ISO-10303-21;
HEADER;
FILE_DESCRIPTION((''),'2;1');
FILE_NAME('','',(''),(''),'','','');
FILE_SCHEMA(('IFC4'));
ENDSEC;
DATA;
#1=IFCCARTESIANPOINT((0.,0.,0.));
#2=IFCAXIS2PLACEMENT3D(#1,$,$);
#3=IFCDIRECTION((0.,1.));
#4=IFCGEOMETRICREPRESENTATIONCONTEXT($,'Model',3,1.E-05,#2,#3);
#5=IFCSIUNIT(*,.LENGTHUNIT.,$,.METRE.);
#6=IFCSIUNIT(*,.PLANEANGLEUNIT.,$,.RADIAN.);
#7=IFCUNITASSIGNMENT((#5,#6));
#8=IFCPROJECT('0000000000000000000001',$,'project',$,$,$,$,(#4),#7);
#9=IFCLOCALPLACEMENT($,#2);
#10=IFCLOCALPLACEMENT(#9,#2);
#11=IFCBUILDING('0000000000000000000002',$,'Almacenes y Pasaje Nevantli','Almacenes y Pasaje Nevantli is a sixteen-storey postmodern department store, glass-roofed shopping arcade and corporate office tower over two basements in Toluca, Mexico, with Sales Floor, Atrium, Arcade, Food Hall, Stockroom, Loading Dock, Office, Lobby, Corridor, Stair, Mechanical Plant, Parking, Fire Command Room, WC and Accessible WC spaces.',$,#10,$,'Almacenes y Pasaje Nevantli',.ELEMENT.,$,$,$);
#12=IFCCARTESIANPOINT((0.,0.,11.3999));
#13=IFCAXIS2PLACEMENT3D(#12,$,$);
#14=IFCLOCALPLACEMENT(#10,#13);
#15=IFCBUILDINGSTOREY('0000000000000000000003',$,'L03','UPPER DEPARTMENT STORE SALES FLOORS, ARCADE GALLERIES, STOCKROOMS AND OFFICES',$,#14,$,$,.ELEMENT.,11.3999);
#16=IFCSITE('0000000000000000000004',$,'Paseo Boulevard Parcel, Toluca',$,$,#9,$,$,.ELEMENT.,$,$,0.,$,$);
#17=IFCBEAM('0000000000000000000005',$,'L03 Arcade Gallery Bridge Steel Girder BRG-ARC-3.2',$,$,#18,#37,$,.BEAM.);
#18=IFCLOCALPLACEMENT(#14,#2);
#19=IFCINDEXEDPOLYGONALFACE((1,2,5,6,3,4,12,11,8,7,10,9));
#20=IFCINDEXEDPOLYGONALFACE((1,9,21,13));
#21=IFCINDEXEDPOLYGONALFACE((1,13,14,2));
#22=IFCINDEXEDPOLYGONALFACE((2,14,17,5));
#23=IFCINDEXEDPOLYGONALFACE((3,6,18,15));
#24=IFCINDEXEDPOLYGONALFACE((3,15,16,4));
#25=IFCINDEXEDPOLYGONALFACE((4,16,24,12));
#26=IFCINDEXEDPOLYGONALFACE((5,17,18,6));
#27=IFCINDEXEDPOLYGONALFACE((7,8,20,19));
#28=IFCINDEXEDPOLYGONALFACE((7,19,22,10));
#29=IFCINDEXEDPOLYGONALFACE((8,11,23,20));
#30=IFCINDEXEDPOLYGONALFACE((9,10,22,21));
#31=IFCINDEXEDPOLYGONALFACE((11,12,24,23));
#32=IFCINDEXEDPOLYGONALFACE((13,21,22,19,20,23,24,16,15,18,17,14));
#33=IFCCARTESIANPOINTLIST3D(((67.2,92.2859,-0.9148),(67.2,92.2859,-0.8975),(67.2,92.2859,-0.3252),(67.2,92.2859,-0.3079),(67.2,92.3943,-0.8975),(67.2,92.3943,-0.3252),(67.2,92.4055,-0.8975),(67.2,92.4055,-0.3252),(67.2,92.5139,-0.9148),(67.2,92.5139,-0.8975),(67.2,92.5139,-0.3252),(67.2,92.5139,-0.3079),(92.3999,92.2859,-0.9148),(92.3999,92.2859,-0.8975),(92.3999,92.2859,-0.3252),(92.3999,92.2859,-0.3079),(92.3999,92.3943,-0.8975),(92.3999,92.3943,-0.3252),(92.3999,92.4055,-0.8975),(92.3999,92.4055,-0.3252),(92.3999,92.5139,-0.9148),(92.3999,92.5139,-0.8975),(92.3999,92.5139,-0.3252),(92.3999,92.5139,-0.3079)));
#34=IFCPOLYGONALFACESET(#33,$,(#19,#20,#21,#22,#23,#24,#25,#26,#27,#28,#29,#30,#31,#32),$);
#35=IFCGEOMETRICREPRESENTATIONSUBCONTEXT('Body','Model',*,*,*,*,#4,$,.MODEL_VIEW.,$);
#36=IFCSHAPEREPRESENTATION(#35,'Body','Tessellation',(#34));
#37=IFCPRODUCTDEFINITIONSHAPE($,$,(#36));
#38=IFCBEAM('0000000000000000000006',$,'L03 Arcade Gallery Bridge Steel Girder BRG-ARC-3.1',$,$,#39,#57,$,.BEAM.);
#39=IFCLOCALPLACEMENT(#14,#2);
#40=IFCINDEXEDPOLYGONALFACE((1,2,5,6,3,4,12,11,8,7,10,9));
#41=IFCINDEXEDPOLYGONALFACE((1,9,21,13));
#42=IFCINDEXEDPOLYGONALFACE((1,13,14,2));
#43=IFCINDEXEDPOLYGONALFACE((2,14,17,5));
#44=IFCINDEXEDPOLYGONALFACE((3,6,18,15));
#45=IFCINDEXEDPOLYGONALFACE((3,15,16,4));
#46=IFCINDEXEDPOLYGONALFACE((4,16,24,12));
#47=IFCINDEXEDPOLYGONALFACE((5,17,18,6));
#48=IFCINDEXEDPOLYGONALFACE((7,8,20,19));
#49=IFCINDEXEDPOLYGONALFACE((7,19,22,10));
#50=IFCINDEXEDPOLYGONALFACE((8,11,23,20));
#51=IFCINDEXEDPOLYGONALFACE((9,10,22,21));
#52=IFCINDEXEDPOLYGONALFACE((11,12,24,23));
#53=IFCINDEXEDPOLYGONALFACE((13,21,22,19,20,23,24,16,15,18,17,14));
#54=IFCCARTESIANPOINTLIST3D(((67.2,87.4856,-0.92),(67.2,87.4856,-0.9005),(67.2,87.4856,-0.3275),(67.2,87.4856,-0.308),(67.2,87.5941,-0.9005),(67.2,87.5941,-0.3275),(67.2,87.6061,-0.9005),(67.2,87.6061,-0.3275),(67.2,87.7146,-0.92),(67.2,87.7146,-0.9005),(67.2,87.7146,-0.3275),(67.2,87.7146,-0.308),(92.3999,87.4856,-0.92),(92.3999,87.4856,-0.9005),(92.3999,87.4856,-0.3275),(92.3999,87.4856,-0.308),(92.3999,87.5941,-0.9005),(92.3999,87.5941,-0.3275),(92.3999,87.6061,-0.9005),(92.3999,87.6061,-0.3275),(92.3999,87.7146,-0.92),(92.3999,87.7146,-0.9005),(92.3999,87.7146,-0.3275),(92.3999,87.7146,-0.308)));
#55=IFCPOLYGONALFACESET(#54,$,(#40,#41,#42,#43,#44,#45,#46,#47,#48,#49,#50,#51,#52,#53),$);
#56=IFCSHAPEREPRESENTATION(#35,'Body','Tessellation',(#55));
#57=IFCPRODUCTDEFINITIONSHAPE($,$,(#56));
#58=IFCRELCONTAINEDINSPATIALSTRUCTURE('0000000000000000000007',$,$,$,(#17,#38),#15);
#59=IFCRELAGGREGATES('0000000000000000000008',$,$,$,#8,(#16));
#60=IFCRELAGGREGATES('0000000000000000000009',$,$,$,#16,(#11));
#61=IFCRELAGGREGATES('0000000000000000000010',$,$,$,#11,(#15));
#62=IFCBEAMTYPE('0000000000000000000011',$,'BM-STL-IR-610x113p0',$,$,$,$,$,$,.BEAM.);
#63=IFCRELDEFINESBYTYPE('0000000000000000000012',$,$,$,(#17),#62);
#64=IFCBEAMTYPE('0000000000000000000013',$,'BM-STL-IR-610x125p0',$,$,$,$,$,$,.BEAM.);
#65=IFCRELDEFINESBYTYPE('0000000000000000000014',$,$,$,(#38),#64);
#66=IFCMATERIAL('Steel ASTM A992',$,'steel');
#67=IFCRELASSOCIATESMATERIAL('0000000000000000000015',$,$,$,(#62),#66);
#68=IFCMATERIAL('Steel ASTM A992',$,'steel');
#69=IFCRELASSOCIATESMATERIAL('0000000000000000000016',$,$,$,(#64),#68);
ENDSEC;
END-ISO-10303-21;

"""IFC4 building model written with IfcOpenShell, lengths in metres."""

from ifc_helpers import new_model, si_unit, direction, frame, origin, origin_2d, place, context, subcontext, project, spatial, i_section, extrude, material, material_profile, profile_set, type_object, element, save


model = new_model("IFC4")

# Units and contexts
model_context = context("Model", 3, precision=1e-05, world=origin(), true_north=direction((0.0, 1.0)))
body_context = subcontext(model_context, "Body", "Model", "MODEL_VIEW")
ifc_project = project(units=[si_unit("LENGTHUNIT", "METRE"), si_unit("PLANEANGLEUNIT", "RADIAN")], contexts=[model_context])

# Site, building, storey
site_placement = place(None, origin())
site = spatial("IfcSite", under=ifc_project, at=site_placement, Name="Paseo Boulevard Parcel, Toluca", CompositionType="ELEMENT", RefElevation=0.0)
building_placement = place(site_placement, origin())
building = spatial("IfcBuilding", under=site, at=building_placement, Name="Almacenes y Pasaje Nevantli", Description="Almacenes y Pasaje Nevantli is a sixteen-storey postmodern department store, glass-roofed shopping arcade and corporate office tower over two basements in Toluca, Mexico, with Sales Floor, Atrium, Arcade, Food Hall, Stockroom, Loading Dock, Office, Lobby, Corridor, Stair, Mechanical Plant, Parking, Fire Command Room, WC and Accessible WC spaces.", LongName="Almacenes y Pasaje Nevantli", CompositionType="ELEMENT")
storey_placement = place(building_placement, frame((0.0, 0.0, 11.3999)))
storey = spatial("IfcBuildingStorey", under=building, at=storey_placement, Name="L03", Description="UPPER DEPARTMENT STORE SALES FLOORS, ARCADE GALLERIES, STOCKROOMS AND OFFICES", CompositionType="ELEMENT", Elevation=11.3999)

# Beams
ifc_material_1 = material(Name="Steel ASTM A992", Category="steel")
ifc_material_profile_1 = material_profile(ifc_material_1, i_section(OverallWidth=0.228, OverallDepth=0.6069, WebThickness=0.0112, FlangeThickness=0.0173, at=origin_2d()), Name="IR 610x113.0")
ifc_profile_set_1 = profile_set([ifc_material_profile_1], Name="Steel ASTM A992")
beam_type_1 = type_object("IfcBeamType", Name="BM-STL-IR-610x113p0", PredefinedType="BEAM", material=ifc_profile_set_1)
beam_1_placement = place(storey_placement, frame((67.2, 92.3999, -0.6113), z_axis=(1.0, 0.0, 0.0), x_axis=(0.0, 1.0, 0.0)))
element("IfcBeam", 1, at=beam_1_placement, inside=storey, type_object=beam_type_1, Name="L03 Arcade Gallery Bridge Steel Girder BRG-ARC-3.2", PredefinedType="BEAM", context=body_context, shape_type="SweptSolid", body=[
    extrude(i_section(OverallWidth=0.228, OverallDepth=0.6069, WebThickness=0.0112, FlangeThickness=0.0173, at=origin_2d()), origin(), (0.0, 0.0, 1.0), 25.2),
])
ifc_material_2 = material(Name="Steel ASTM A992", Category="steel")
ifc_material_profile_2 = material_profile(ifc_material_2, i_section(OverallWidth=0.229, OverallDepth=0.6121, WebThickness=0.012, FlangeThickness=0.0195, at=origin_2d()), Name="IR 610x125.0")
ifc_profile_set_2 = profile_set([ifc_material_profile_2], Name="Steel ASTM A992")
beam_type_2 = type_object("IfcBeamType", Name="BM-STL-IR-610x125p0", PredefinedType="BEAM", material=ifc_profile_set_2)
beam_2_placement = place(storey_placement, frame((67.2, 87.6001, -0.614), z_axis=(1.0, 0.0, 0.0), x_axis=(0.0, 1.0, 0.0)))
element("IfcBeam", 2, at=beam_2_placement, inside=storey, type_object=beam_type_2, Name="L03 Arcade Gallery Bridge Steel Girder BRG-ARC-3.1", PredefinedType="BEAM", context=body_context, shape_type="SweptSolid", body=[
    extrude(i_section(OverallWidth=0.229, OverallDepth=0.6121, WebThickness=0.012, FlangeThickness=0.0195, at=origin_2d()), origin(), (0.0, 0.0, 1.0), 25.2),
])

save(model, "model.ifc")
